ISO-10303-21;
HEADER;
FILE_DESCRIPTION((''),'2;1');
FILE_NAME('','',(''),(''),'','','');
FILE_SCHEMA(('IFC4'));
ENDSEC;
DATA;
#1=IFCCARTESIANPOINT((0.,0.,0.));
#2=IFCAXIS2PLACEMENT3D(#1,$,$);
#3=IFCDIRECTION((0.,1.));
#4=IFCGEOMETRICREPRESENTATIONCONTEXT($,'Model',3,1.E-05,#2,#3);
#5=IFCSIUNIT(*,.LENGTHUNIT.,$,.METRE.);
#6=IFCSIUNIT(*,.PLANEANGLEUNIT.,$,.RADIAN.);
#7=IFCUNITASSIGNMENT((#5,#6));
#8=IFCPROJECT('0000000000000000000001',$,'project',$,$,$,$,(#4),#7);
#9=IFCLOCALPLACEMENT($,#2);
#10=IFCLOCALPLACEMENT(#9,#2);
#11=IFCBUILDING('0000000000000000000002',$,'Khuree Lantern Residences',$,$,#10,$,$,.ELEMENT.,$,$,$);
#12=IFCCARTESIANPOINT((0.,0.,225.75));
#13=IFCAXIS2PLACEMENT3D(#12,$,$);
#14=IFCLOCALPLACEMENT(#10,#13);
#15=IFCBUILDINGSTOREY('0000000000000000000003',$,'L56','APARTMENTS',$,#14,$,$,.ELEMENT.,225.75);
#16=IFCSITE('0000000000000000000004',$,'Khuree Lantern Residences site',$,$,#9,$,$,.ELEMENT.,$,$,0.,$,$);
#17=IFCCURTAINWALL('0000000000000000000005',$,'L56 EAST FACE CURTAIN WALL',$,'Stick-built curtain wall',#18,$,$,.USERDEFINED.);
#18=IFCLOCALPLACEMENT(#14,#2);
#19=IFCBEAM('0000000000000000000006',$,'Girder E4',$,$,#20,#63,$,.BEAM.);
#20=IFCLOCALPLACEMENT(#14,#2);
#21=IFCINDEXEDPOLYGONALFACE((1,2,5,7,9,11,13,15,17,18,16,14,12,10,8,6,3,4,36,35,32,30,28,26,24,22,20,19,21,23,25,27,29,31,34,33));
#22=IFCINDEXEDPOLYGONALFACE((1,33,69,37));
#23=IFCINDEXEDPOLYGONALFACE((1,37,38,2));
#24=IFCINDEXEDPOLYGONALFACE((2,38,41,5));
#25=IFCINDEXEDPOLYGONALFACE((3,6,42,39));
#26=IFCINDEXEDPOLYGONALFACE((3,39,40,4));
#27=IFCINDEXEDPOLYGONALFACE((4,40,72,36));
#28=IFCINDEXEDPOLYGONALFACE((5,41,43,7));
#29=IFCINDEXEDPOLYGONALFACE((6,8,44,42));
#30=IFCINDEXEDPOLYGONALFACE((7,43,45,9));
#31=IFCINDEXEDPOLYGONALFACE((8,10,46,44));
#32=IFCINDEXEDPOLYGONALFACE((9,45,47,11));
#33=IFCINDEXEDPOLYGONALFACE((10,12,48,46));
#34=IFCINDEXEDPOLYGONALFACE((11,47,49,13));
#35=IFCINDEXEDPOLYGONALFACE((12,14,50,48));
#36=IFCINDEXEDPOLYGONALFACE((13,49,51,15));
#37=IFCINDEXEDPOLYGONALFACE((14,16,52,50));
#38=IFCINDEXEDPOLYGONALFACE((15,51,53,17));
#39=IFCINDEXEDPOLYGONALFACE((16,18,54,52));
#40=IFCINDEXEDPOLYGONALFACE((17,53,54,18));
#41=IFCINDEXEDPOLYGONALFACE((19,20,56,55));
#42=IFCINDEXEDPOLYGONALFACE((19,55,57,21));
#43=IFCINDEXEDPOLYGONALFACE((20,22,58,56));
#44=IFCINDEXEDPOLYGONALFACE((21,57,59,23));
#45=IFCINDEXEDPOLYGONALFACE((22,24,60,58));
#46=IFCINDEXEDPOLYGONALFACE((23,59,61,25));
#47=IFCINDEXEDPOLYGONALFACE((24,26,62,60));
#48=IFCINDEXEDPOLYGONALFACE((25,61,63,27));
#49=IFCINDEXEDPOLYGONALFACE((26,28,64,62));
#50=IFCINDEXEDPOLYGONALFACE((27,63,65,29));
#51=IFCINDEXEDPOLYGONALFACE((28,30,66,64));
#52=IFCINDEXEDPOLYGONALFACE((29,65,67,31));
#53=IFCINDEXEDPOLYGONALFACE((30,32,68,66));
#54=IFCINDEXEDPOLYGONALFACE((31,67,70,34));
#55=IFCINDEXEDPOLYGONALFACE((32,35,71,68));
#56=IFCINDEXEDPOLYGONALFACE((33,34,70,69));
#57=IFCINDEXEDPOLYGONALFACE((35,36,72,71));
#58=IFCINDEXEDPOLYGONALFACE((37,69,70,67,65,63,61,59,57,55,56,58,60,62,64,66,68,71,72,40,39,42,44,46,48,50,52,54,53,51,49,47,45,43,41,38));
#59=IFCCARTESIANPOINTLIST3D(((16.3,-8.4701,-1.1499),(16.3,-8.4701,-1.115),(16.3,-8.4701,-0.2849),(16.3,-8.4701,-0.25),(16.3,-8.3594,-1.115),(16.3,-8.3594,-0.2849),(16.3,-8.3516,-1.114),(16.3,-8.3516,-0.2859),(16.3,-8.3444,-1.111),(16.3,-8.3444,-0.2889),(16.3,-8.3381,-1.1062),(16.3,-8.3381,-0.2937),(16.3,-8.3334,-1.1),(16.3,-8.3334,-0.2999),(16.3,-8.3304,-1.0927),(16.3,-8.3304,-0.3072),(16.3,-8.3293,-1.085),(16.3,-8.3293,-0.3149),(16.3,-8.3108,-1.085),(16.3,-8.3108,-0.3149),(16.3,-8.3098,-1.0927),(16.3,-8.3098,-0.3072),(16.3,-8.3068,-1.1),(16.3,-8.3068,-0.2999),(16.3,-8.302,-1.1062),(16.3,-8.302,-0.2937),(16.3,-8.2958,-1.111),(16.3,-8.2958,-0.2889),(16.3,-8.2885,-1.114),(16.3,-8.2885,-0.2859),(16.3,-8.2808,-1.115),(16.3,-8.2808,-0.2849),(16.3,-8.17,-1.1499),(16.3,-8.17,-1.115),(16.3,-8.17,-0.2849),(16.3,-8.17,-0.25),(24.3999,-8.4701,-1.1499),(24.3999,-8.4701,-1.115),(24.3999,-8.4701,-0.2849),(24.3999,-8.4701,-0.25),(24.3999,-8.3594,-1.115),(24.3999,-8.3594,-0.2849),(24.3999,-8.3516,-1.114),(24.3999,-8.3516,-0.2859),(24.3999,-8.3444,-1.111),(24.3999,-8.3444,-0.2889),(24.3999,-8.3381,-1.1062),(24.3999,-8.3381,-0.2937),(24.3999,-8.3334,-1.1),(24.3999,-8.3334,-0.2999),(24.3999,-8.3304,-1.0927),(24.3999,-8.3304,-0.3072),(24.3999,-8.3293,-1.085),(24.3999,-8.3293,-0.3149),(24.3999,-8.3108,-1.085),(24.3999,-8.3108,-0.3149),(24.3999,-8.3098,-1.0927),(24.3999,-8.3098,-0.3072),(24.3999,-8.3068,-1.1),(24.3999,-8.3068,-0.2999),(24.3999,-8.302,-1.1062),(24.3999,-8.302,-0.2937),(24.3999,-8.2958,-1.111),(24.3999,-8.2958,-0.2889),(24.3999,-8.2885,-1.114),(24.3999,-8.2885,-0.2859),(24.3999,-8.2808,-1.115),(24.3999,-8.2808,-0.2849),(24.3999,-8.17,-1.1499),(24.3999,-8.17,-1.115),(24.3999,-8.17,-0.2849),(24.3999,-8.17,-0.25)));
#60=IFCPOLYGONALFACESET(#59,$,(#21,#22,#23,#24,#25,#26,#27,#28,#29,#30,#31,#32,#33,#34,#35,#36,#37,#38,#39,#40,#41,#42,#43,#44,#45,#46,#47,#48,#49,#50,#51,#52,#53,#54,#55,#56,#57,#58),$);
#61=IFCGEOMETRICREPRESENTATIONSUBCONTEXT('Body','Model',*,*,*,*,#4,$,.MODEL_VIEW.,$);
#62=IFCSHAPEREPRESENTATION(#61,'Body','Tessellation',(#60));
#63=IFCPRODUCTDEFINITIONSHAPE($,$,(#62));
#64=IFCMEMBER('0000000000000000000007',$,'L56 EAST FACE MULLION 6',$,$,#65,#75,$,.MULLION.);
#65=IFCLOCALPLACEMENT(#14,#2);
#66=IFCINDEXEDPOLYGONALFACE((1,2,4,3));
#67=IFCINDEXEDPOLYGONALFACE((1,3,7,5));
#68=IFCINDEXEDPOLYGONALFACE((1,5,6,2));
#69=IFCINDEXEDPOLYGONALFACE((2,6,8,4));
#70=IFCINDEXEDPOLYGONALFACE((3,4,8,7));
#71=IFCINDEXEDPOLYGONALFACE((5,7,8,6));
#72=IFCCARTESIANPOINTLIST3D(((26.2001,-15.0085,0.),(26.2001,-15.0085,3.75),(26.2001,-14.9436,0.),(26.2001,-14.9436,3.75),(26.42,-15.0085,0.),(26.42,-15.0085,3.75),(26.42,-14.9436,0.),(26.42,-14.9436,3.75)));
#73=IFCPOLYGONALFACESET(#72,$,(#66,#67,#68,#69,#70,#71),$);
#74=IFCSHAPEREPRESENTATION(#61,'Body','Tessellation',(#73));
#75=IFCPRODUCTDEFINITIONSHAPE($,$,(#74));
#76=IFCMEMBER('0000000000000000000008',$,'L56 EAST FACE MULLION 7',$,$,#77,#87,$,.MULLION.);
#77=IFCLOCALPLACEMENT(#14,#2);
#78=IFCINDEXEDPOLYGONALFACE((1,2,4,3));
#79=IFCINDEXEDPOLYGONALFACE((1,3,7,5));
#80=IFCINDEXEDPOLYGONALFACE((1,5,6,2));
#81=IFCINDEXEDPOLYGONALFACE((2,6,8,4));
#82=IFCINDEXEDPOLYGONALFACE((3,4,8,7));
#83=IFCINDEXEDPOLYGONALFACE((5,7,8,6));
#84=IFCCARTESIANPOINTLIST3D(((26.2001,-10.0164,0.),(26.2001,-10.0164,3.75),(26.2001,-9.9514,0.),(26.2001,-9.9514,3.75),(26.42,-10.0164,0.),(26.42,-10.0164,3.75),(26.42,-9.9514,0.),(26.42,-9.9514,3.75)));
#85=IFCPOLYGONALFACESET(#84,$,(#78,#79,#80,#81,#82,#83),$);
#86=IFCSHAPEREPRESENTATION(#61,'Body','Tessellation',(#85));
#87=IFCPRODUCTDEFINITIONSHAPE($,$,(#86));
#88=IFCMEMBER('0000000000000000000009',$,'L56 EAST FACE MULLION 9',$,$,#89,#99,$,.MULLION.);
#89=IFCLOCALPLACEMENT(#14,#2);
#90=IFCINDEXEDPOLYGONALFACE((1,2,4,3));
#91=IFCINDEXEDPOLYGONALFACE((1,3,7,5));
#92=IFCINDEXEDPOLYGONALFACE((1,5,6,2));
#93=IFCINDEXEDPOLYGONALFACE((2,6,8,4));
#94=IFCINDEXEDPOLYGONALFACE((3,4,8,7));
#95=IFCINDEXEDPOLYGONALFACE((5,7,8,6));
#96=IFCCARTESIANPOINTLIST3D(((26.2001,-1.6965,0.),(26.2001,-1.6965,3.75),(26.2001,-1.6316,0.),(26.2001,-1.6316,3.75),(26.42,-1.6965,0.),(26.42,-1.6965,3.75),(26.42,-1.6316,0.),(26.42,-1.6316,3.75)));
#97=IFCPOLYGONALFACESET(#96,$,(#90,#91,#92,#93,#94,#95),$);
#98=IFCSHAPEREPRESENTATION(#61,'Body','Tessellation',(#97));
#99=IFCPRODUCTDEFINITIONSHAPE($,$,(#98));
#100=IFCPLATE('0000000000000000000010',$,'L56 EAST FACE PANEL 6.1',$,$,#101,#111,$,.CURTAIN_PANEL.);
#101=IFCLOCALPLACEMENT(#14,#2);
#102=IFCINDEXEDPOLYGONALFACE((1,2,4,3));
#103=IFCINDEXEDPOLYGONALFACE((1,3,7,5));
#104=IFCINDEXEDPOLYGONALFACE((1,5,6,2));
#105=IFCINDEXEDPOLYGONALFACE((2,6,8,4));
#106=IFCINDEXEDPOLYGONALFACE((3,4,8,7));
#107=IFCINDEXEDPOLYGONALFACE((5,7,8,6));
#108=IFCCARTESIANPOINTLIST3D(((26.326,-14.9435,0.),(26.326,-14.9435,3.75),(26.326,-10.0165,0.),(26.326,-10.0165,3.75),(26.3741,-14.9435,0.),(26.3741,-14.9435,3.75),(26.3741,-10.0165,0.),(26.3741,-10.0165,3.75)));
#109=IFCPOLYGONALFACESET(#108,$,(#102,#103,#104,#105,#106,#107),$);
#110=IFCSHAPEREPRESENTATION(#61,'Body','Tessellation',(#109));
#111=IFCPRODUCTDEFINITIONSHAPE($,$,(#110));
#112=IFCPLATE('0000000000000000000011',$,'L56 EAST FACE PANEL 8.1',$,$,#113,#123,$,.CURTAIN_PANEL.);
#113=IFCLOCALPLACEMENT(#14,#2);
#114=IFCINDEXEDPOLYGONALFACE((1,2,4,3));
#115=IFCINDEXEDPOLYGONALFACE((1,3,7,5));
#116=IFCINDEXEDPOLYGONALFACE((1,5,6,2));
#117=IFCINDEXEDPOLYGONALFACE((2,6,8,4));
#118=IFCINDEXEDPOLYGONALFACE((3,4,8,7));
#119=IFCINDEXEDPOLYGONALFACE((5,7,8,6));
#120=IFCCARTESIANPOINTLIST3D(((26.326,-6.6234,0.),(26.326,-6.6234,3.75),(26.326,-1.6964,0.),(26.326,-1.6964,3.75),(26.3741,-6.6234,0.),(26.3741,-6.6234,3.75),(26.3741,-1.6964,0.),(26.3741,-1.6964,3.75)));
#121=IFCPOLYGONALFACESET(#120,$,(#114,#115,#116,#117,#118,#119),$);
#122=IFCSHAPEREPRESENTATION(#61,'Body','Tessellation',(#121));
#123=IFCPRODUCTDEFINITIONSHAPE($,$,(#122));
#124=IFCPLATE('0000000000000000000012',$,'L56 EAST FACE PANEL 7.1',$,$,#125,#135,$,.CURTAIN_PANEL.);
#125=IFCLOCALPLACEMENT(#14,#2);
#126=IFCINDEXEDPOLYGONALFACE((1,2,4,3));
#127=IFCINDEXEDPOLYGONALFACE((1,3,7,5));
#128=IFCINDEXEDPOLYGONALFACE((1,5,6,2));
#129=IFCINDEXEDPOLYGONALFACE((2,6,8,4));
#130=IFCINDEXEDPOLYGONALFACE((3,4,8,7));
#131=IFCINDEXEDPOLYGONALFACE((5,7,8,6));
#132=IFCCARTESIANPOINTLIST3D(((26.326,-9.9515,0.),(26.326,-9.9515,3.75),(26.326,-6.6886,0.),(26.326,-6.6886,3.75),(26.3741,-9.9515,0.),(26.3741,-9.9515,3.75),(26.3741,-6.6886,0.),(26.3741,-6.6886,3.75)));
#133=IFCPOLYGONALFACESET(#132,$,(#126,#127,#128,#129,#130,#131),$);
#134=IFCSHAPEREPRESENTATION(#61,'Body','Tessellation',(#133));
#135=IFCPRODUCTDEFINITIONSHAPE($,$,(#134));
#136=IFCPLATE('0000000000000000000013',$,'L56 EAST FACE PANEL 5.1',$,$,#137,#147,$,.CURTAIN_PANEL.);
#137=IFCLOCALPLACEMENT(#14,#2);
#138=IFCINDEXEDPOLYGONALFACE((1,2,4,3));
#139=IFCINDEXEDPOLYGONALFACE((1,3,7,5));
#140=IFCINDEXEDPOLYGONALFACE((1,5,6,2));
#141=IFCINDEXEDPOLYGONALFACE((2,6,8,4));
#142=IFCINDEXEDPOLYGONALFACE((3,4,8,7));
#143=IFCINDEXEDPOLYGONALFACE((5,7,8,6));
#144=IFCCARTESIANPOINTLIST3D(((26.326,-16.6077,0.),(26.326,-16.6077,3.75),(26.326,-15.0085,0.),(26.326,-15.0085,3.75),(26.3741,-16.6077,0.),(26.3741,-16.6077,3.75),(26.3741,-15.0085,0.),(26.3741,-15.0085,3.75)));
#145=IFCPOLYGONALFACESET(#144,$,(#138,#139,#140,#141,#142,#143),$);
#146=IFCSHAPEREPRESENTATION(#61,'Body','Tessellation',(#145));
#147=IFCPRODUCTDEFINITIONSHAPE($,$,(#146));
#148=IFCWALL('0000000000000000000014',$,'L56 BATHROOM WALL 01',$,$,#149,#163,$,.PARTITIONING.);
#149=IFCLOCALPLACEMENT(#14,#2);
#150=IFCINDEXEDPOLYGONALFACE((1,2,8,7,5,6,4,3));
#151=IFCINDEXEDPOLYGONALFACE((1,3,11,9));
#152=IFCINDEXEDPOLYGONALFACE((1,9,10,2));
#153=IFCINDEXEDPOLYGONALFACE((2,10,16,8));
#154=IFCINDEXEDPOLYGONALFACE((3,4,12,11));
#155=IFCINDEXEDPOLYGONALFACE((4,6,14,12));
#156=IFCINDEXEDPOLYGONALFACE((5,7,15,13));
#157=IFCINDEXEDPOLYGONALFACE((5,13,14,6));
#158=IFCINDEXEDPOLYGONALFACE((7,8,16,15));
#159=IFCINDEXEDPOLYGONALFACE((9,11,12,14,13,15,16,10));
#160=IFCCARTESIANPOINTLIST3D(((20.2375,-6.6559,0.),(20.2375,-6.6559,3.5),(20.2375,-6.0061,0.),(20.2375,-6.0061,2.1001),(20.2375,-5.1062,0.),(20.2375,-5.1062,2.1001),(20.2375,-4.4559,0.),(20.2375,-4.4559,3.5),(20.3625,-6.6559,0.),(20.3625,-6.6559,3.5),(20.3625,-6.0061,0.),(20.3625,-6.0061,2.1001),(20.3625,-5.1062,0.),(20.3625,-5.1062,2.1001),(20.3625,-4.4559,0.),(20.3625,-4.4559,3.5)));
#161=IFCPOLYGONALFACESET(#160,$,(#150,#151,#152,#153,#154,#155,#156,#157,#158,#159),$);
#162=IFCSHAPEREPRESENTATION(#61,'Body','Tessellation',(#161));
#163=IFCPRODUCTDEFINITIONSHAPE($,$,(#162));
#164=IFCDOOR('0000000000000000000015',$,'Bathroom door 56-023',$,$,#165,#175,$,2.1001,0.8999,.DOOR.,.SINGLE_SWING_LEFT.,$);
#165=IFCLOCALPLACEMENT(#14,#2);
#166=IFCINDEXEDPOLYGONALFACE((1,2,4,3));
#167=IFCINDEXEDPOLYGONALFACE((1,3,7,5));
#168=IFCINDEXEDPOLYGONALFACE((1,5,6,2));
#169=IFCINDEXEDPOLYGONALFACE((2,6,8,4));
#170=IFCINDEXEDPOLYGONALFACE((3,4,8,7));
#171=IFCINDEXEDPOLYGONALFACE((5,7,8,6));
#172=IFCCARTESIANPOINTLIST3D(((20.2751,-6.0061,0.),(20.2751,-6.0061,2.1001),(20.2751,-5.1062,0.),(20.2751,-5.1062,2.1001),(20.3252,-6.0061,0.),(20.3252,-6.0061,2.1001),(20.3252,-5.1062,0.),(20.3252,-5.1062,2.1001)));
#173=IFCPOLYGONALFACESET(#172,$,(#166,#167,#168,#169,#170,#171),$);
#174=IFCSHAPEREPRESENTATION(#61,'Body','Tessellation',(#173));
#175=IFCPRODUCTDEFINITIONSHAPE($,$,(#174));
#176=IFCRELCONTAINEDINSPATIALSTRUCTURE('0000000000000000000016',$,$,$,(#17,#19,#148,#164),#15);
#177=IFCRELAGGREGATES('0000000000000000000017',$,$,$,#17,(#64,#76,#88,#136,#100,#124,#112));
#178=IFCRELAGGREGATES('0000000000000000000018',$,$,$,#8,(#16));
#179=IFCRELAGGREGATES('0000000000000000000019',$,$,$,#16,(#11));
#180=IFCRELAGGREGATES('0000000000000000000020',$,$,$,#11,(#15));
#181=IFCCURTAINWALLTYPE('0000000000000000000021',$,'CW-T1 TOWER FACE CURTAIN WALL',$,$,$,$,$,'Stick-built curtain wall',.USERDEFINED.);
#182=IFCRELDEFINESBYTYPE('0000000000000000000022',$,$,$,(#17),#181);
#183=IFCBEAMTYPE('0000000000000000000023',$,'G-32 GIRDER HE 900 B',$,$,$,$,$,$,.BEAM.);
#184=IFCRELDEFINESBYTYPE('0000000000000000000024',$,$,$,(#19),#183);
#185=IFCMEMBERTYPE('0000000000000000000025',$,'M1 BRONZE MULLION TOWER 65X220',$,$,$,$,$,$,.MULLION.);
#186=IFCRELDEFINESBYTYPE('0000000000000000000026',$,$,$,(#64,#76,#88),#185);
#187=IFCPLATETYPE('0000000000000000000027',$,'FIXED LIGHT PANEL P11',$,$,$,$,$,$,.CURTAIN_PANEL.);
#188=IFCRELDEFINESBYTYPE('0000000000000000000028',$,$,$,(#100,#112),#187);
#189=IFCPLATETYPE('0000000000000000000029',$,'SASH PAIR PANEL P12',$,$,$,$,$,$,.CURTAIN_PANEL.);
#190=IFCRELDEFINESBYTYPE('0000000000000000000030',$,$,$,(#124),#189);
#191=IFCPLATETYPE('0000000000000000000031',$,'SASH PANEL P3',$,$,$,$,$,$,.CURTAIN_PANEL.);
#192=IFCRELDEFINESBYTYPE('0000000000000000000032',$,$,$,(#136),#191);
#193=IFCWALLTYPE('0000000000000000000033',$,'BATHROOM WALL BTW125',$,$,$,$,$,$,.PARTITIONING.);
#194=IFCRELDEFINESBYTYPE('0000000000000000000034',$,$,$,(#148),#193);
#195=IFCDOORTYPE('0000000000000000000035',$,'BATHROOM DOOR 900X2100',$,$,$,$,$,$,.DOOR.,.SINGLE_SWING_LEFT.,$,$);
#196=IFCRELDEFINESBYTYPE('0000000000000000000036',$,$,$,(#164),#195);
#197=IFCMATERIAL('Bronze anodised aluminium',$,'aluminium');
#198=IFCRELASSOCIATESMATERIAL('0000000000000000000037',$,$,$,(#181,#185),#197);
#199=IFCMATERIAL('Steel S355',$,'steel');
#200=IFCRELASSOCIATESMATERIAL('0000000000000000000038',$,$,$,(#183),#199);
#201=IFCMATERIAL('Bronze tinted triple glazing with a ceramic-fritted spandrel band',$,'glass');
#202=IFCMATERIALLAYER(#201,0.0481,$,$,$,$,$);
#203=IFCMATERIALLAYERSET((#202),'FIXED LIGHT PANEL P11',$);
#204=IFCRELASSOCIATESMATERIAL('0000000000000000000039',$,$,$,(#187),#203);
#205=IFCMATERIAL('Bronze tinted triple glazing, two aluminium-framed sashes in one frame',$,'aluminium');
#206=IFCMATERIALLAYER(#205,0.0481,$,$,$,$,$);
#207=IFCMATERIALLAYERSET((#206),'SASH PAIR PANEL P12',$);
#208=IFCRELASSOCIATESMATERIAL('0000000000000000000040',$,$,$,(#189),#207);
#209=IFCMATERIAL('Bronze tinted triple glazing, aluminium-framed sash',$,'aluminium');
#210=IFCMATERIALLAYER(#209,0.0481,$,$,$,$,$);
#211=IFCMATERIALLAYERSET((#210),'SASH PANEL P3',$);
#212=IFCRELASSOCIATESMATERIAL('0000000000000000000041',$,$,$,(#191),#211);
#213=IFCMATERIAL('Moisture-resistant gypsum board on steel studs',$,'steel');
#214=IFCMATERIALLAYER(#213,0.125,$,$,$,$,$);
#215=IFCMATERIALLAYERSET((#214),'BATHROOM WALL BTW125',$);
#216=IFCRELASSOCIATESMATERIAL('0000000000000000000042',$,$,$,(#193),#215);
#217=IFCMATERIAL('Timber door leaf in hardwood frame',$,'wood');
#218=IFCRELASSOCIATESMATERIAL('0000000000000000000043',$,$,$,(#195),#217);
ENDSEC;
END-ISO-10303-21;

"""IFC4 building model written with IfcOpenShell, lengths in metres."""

from ifc_helpers import new_model, si_unit, direction, frame, frame_2d, origin, origin_2d, place, context, subcontext, project, spatial, rectangle, i_section, extrude, material, layer, layer_set, material_profile, profile_set, type_object, element, fill, aggregate, save


model = new_model("IFC4")

# Units and contexts
model_context = context("Model", 3, precision=1e-05, world=origin(), true_north=direction((0.0, 1.0)))
body_context = subcontext(model_context, "Body", "Model", "MODEL_VIEW")
ifc_project = project(units=[si_unit("LENGTHUNIT", "METRE"), si_unit("PLANEANGLEUNIT", "RADIAN")], contexts=[model_context])

# Site, building, storey
site_placement = place(None, origin())
site = spatial("IfcSite", under=ifc_project, at=site_placement, Name="Khuree Lantern Residences site", CompositionType="ELEMENT", RefElevation=0.0)
building_placement = place(site_placement, origin())
building = spatial("IfcBuilding", under=site, at=building_placement, Name="Khuree Lantern Residences", CompositionType="ELEMENT")
storey_placement = place(building_placement, frame((0.0, 0.0, 225.75)))
storey = spatial("IfcBuildingStorey", under=building, at=storey_placement, Name="L56", Description="APARTMENTS", CompositionType="ELEMENT", Elevation=225.75)

# Shared definitions
ifc_material_1 = material(Name="Steel S355", Category="steel")

# Curtain wall
ifc_material_2 = material(Name="Bronze anodised aluminium", Category="aluminium")
curtain_wall_type = type_object("IfcCurtainWallType", Name="CW-T1 TOWER FACE CURTAIN WALL", ElementType="Stick-built curtain wall", PredefinedType="USERDEFINED", material=ifc_material_2)
curtain_wall_placement = place(storey_placement, origin())
curtain_wall = element("IfcCurtainWall", 1, at=curtain_wall_placement, inside=storey, type_object=curtain_wall_type, Name="L56 EAST FACE CURTAIN WALL", ObjectType="Stick-built curtain wall", PredefinedType="USERDEFINED")

# Beam
ifc_material_profile_1 = material_profile(ifc_material_1, i_section(OverallWidth=0.3, OverallDepth=0.8999, WebThickness=0.0186, FlangeThickness=0.0349, FilletRadius=0.03, at=origin_2d()), Name="HE 900 B")
ifc_profile_set_1 = profile_set([ifc_material_profile_1], Name="Steel S355")
beam_type_1 = type_object("IfcBeamType", Name="G-32 GIRDER HE 900 B", PredefinedType="BEAM", material=ifc_profile_set_1)
beam_1_placement = place(storey_placement, frame((24.3999, -8.3201, -0.7), z_axis=(-1.0, 0.0, 0.0), x_axis=(0.0, -1.0, 0.0)))
element("IfcBeam", 2, at=beam_1_placement, inside=storey, type_object=beam_type_1, Name="Girder E4", PredefinedType="BEAM", context=body_context, shape_type="SweptSolid", body=[
    extrude(i_section(OverallWidth=0.3, OverallDepth=0.8999, WebThickness=0.0186, FlangeThickness=0.0349, FilletRadius=0.03, at=origin_2d()), origin(), (0.0, 0.0, 1.0), 8.0999),
])

# Members
ifc_material_profile_2 = material_profile(ifc_material_2, rectangle(XDim=0.0649, YDim=0.22, at=origin_2d()), Name="M1 65X220")
ifc_profile_set_2 = profile_set([ifc_material_profile_2], Name="Bronze anodised aluminium")
member_type_1 = type_object("IfcMemberType", Name="M1 BRONZE MULLION TOWER 65X220", PredefinedType="MULLION", material=ifc_profile_set_2)
member_1_placement = place(storey_placement, frame((26.3101, -14.9761, 0.0), z_axis=(0.0, 0.0, 1.0), x_axis=(0.0, 1.0, 0.0)))
member_1 = element("IfcMember", 3, at=member_1_placement, type_object=member_type_1, Name="L56 EAST FACE MULLION 6", PredefinedType="MULLION", context=body_context, shape_type="SweptSolid", body=[
    extrude(rectangle(XDim=0.0649, YDim=0.22, at=origin_2d()), origin(), (0.0, 0.0, 1.0), 3.75),
])
member_2_placement = place(storey_placement, frame((26.3101, -9.9839, 0.0), z_axis=(0.0, 0.0, 1.0), x_axis=(0.0, 1.0, 0.0)))
member_2 = element("IfcMember", 4, at=member_2_placement, type_object=member_type_1, Name="L56 EAST FACE MULLION 7", PredefinedType="MULLION", context=body_context, shape_type="SweptSolid", body=[
    extrude(rectangle(XDim=0.0649, YDim=0.22, at=origin_2d()), origin(), (0.0, 0.0, 1.0), 3.75),
])
member_3_placement = place(storey_placement, frame((26.3101, -1.6641, 0.0), z_axis=(0.0, 0.0, 1.0), x_axis=(0.0, 1.0, 0.0)))
member_3 = element("IfcMember", 5, at=member_3_placement, type_object=member_type_1, Name="L56 EAST FACE MULLION 9", PredefinedType="MULLION", context=body_context, shape_type="SweptSolid", body=[
    extrude(rectangle(XDim=0.0649, YDim=0.22, at=origin_2d()), origin(), (0.0, 0.0, 1.0), 3.75),
])

# Plates
ifc_material_3 = material(Name="Bronze tinted triple glazing with a ceramic-fritted spandrel band", Category="glass")
ifc_layer_1 = layer(ifc_material_3, 0.0481)
ifc_layer_set_1 = layer_set([ifc_layer_1], Name="FIXED LIGHT PANEL P11")
plate_type_1 = type_object("IfcPlateType", Name="FIXED LIGHT PANEL P11", PredefinedType="CURTAIN_PANEL", material=ifc_layer_set_1)
plate_1_placement = place(storey_placement, frame((26.3501, -12.48, 0.0), z_axis=(0.0, 0.0, 1.0), x_axis=(0.0, 1.0, 0.0)))
plate_1 = element("IfcPlate", 6, at=plate_1_placement, type_object=plate_type_1, Name="L56 EAST FACE PANEL 6.1", PredefinedType="CURTAIN_PANEL", context=body_context, shape_type="SweptSolid", body=[
    extrude(rectangle(XDim=4.927, YDim=0.0481, at=origin_2d()), origin(), (0.0, 0.0, 1.0), 3.75),
])
plate_2_placement = place(storey_placement, frame((26.3501, -4.1599, 0.0), z_axis=(0.0, 0.0, 1.0), x_axis=(0.0, 1.0, 0.0)))
plate_2 = element("IfcPlate", 7, at=plate_2_placement, type_object=plate_type_1, Name="L56 EAST FACE PANEL 8.1", PredefinedType="CURTAIN_PANEL", context=body_context, shape_type="SweptSolid", body=[
    extrude(rectangle(XDim=4.927, YDim=0.0481, at=origin_2d()), origin(), (0.0, 0.0, 1.0), 3.75),
])
ifc_material_4 = material(Name="Bronze tinted triple glazing, two aluminium-framed sashes in one frame", Category="aluminium")
ifc_layer_2 = layer(ifc_material_4, 0.0481)
ifc_layer_set_2 = layer_set([ifc_layer_2], Name="SASH PAIR PANEL P12")
plate_type_2 = type_object("IfcPlateType", Name="SASH PAIR PANEL P12", PredefinedType="CURTAIN_PANEL", material=ifc_layer_set_2)
plate_3_placement = place(storey_placement, frame((26.3501, -8.3201, 0.0), z_axis=(0.0, 0.0, 1.0), x_axis=(0.0, 1.0, 0.0)))
plate_3 = element("IfcPlate", 8, at=plate_3_placement, type_object=plate_type_2, Name="L56 EAST FACE PANEL 7.1", PredefinedType="CURTAIN_PANEL", context=body_context, shape_type="SweptSolid", body=[
    extrude(rectangle(XDim=3.2629, YDim=0.0481, at=origin_2d()), origin(), (0.0, 0.0, 1.0), 3.75),
])
ifc_material_5 = material(Name="Bronze tinted triple glazing, aluminium-framed sash", Category="aluminium")
ifc_layer_3 = layer(ifc_material_5, 0.0481)
ifc_layer_set_3 = layer_set([ifc_layer_3], Name="SASH PANEL P3")
plate_type_3 = type_object("IfcPlateType", Name="SASH PANEL P3", PredefinedType="CURTAIN_PANEL", material=ifc_layer_set_3)
plate_4_placement = place(storey_placement, frame((26.3501, -15.8081, 0.0), z_axis=(0.0, 0.0, 1.0), x_axis=(0.0, 1.0, 0.0)))
plate_4 = element("IfcPlate", 9, at=plate_4_placement, type_object=plate_type_3, Name="L56 EAST FACE PANEL 5.1", PredefinedType="CURTAIN_PANEL", context=body_context, shape_type="SweptSolid", body=[
    extrude(rectangle(XDim=1.5991, YDim=0.0481, at=origin_2d()), origin(), (0.0, 0.0, 1.0), 3.75),
])
aggregate(curtain_wall, [member_1, member_2, member_3, plate_4, plate_1, plate_3, plate_2])

# Wall, opening, door
ifc_material_6 = material(Name="Moisture-resistant gypsum board on steel studs", Category="steel")
ifc_layer_4 = layer(ifc_material_6, 0.125)
ifc_layer_set_4 = layer_set([ifc_layer_4], Name="BATHROOM WALL BTW125")
wall_type_1 = type_object("IfcWallType", Name="BATHROOM WALL BTW125", PredefinedType="PARTITIONING", material=ifc_layer_set_4)
wall_1_placement = place(storey_placement, frame((20.3, -6.656, 0.0), z_axis=(0.0, 0.0, 1.0), x_axis=(0.0, 1.0, 0.0)))
wall_1 = element("IfcWall", 10, at=wall_1_placement, inside=storey, type_object=wall_type_1, Name="L56 BATHROOM WALL 01", PredefinedType="PARTITIONING", context=body_context, shape_type="SweptSolid", body=[
    extrude(rectangle(XDim=2.2, YDim=0.125, at=frame_2d((1.1001, 0.0))), origin(), (0.0, 0.0, 1.0), 3.5),
])
opening_1_placement = place(wall_1_placement, frame((0.6499, 0.0, 0.0)))
opening_1 = element("IfcOpeningElement", 11, at=opening_1_placement, cuts=wall_1, PredefinedType="OPENING", context=body_context, shape_type="SweptSolid", body=[
    extrude(rectangle(XDim=0.8999, YDim=2.1001, at=frame_2d((0.45, 1.05))), frame((0.0, 0.0725, 0.0), z_axis=(0.0, -1.0, 0.0), x_axis=(1.0, 0.0, 0.0)), (0.0, 0.0, 1.0), 0.145),
])
ifc_material_7 = material(Name="Timber door leaf in hardwood frame", Category="wood")
door_type_1 = type_object("IfcDoorType", Name="BATHROOM DOOR 900X2100", OperationType="SINGLE_SWING_LEFT", PredefinedType="DOOR", material=ifc_material_7)
door_1_placement = place(opening_1_placement, origin())
door_1 = element("IfcDoor", 12, at=door_1_placement, inside=storey, type_object=door_type_1, Name="Bathroom door 56-023", OperationType="SINGLE_SWING_LEFT", OverallHeight=2.1001, OverallWidth=0.8999, PredefinedType="DOOR", context=body_context, shape_type="SweptSolid", body=[
    extrude(rectangle(XDim=0.8999, YDim=2.1001, at=frame_2d((0.45, 1.05))), frame((0.0, 0.0249, 0.0), z_axis=(0.0, -1.0, 0.0), x_axis=(1.0, 0.0, 0.0)), (0.0, 0.0, 1.0), 0.05),
])
fill(opening_1, door_1)

save(model, "model.ifc")
